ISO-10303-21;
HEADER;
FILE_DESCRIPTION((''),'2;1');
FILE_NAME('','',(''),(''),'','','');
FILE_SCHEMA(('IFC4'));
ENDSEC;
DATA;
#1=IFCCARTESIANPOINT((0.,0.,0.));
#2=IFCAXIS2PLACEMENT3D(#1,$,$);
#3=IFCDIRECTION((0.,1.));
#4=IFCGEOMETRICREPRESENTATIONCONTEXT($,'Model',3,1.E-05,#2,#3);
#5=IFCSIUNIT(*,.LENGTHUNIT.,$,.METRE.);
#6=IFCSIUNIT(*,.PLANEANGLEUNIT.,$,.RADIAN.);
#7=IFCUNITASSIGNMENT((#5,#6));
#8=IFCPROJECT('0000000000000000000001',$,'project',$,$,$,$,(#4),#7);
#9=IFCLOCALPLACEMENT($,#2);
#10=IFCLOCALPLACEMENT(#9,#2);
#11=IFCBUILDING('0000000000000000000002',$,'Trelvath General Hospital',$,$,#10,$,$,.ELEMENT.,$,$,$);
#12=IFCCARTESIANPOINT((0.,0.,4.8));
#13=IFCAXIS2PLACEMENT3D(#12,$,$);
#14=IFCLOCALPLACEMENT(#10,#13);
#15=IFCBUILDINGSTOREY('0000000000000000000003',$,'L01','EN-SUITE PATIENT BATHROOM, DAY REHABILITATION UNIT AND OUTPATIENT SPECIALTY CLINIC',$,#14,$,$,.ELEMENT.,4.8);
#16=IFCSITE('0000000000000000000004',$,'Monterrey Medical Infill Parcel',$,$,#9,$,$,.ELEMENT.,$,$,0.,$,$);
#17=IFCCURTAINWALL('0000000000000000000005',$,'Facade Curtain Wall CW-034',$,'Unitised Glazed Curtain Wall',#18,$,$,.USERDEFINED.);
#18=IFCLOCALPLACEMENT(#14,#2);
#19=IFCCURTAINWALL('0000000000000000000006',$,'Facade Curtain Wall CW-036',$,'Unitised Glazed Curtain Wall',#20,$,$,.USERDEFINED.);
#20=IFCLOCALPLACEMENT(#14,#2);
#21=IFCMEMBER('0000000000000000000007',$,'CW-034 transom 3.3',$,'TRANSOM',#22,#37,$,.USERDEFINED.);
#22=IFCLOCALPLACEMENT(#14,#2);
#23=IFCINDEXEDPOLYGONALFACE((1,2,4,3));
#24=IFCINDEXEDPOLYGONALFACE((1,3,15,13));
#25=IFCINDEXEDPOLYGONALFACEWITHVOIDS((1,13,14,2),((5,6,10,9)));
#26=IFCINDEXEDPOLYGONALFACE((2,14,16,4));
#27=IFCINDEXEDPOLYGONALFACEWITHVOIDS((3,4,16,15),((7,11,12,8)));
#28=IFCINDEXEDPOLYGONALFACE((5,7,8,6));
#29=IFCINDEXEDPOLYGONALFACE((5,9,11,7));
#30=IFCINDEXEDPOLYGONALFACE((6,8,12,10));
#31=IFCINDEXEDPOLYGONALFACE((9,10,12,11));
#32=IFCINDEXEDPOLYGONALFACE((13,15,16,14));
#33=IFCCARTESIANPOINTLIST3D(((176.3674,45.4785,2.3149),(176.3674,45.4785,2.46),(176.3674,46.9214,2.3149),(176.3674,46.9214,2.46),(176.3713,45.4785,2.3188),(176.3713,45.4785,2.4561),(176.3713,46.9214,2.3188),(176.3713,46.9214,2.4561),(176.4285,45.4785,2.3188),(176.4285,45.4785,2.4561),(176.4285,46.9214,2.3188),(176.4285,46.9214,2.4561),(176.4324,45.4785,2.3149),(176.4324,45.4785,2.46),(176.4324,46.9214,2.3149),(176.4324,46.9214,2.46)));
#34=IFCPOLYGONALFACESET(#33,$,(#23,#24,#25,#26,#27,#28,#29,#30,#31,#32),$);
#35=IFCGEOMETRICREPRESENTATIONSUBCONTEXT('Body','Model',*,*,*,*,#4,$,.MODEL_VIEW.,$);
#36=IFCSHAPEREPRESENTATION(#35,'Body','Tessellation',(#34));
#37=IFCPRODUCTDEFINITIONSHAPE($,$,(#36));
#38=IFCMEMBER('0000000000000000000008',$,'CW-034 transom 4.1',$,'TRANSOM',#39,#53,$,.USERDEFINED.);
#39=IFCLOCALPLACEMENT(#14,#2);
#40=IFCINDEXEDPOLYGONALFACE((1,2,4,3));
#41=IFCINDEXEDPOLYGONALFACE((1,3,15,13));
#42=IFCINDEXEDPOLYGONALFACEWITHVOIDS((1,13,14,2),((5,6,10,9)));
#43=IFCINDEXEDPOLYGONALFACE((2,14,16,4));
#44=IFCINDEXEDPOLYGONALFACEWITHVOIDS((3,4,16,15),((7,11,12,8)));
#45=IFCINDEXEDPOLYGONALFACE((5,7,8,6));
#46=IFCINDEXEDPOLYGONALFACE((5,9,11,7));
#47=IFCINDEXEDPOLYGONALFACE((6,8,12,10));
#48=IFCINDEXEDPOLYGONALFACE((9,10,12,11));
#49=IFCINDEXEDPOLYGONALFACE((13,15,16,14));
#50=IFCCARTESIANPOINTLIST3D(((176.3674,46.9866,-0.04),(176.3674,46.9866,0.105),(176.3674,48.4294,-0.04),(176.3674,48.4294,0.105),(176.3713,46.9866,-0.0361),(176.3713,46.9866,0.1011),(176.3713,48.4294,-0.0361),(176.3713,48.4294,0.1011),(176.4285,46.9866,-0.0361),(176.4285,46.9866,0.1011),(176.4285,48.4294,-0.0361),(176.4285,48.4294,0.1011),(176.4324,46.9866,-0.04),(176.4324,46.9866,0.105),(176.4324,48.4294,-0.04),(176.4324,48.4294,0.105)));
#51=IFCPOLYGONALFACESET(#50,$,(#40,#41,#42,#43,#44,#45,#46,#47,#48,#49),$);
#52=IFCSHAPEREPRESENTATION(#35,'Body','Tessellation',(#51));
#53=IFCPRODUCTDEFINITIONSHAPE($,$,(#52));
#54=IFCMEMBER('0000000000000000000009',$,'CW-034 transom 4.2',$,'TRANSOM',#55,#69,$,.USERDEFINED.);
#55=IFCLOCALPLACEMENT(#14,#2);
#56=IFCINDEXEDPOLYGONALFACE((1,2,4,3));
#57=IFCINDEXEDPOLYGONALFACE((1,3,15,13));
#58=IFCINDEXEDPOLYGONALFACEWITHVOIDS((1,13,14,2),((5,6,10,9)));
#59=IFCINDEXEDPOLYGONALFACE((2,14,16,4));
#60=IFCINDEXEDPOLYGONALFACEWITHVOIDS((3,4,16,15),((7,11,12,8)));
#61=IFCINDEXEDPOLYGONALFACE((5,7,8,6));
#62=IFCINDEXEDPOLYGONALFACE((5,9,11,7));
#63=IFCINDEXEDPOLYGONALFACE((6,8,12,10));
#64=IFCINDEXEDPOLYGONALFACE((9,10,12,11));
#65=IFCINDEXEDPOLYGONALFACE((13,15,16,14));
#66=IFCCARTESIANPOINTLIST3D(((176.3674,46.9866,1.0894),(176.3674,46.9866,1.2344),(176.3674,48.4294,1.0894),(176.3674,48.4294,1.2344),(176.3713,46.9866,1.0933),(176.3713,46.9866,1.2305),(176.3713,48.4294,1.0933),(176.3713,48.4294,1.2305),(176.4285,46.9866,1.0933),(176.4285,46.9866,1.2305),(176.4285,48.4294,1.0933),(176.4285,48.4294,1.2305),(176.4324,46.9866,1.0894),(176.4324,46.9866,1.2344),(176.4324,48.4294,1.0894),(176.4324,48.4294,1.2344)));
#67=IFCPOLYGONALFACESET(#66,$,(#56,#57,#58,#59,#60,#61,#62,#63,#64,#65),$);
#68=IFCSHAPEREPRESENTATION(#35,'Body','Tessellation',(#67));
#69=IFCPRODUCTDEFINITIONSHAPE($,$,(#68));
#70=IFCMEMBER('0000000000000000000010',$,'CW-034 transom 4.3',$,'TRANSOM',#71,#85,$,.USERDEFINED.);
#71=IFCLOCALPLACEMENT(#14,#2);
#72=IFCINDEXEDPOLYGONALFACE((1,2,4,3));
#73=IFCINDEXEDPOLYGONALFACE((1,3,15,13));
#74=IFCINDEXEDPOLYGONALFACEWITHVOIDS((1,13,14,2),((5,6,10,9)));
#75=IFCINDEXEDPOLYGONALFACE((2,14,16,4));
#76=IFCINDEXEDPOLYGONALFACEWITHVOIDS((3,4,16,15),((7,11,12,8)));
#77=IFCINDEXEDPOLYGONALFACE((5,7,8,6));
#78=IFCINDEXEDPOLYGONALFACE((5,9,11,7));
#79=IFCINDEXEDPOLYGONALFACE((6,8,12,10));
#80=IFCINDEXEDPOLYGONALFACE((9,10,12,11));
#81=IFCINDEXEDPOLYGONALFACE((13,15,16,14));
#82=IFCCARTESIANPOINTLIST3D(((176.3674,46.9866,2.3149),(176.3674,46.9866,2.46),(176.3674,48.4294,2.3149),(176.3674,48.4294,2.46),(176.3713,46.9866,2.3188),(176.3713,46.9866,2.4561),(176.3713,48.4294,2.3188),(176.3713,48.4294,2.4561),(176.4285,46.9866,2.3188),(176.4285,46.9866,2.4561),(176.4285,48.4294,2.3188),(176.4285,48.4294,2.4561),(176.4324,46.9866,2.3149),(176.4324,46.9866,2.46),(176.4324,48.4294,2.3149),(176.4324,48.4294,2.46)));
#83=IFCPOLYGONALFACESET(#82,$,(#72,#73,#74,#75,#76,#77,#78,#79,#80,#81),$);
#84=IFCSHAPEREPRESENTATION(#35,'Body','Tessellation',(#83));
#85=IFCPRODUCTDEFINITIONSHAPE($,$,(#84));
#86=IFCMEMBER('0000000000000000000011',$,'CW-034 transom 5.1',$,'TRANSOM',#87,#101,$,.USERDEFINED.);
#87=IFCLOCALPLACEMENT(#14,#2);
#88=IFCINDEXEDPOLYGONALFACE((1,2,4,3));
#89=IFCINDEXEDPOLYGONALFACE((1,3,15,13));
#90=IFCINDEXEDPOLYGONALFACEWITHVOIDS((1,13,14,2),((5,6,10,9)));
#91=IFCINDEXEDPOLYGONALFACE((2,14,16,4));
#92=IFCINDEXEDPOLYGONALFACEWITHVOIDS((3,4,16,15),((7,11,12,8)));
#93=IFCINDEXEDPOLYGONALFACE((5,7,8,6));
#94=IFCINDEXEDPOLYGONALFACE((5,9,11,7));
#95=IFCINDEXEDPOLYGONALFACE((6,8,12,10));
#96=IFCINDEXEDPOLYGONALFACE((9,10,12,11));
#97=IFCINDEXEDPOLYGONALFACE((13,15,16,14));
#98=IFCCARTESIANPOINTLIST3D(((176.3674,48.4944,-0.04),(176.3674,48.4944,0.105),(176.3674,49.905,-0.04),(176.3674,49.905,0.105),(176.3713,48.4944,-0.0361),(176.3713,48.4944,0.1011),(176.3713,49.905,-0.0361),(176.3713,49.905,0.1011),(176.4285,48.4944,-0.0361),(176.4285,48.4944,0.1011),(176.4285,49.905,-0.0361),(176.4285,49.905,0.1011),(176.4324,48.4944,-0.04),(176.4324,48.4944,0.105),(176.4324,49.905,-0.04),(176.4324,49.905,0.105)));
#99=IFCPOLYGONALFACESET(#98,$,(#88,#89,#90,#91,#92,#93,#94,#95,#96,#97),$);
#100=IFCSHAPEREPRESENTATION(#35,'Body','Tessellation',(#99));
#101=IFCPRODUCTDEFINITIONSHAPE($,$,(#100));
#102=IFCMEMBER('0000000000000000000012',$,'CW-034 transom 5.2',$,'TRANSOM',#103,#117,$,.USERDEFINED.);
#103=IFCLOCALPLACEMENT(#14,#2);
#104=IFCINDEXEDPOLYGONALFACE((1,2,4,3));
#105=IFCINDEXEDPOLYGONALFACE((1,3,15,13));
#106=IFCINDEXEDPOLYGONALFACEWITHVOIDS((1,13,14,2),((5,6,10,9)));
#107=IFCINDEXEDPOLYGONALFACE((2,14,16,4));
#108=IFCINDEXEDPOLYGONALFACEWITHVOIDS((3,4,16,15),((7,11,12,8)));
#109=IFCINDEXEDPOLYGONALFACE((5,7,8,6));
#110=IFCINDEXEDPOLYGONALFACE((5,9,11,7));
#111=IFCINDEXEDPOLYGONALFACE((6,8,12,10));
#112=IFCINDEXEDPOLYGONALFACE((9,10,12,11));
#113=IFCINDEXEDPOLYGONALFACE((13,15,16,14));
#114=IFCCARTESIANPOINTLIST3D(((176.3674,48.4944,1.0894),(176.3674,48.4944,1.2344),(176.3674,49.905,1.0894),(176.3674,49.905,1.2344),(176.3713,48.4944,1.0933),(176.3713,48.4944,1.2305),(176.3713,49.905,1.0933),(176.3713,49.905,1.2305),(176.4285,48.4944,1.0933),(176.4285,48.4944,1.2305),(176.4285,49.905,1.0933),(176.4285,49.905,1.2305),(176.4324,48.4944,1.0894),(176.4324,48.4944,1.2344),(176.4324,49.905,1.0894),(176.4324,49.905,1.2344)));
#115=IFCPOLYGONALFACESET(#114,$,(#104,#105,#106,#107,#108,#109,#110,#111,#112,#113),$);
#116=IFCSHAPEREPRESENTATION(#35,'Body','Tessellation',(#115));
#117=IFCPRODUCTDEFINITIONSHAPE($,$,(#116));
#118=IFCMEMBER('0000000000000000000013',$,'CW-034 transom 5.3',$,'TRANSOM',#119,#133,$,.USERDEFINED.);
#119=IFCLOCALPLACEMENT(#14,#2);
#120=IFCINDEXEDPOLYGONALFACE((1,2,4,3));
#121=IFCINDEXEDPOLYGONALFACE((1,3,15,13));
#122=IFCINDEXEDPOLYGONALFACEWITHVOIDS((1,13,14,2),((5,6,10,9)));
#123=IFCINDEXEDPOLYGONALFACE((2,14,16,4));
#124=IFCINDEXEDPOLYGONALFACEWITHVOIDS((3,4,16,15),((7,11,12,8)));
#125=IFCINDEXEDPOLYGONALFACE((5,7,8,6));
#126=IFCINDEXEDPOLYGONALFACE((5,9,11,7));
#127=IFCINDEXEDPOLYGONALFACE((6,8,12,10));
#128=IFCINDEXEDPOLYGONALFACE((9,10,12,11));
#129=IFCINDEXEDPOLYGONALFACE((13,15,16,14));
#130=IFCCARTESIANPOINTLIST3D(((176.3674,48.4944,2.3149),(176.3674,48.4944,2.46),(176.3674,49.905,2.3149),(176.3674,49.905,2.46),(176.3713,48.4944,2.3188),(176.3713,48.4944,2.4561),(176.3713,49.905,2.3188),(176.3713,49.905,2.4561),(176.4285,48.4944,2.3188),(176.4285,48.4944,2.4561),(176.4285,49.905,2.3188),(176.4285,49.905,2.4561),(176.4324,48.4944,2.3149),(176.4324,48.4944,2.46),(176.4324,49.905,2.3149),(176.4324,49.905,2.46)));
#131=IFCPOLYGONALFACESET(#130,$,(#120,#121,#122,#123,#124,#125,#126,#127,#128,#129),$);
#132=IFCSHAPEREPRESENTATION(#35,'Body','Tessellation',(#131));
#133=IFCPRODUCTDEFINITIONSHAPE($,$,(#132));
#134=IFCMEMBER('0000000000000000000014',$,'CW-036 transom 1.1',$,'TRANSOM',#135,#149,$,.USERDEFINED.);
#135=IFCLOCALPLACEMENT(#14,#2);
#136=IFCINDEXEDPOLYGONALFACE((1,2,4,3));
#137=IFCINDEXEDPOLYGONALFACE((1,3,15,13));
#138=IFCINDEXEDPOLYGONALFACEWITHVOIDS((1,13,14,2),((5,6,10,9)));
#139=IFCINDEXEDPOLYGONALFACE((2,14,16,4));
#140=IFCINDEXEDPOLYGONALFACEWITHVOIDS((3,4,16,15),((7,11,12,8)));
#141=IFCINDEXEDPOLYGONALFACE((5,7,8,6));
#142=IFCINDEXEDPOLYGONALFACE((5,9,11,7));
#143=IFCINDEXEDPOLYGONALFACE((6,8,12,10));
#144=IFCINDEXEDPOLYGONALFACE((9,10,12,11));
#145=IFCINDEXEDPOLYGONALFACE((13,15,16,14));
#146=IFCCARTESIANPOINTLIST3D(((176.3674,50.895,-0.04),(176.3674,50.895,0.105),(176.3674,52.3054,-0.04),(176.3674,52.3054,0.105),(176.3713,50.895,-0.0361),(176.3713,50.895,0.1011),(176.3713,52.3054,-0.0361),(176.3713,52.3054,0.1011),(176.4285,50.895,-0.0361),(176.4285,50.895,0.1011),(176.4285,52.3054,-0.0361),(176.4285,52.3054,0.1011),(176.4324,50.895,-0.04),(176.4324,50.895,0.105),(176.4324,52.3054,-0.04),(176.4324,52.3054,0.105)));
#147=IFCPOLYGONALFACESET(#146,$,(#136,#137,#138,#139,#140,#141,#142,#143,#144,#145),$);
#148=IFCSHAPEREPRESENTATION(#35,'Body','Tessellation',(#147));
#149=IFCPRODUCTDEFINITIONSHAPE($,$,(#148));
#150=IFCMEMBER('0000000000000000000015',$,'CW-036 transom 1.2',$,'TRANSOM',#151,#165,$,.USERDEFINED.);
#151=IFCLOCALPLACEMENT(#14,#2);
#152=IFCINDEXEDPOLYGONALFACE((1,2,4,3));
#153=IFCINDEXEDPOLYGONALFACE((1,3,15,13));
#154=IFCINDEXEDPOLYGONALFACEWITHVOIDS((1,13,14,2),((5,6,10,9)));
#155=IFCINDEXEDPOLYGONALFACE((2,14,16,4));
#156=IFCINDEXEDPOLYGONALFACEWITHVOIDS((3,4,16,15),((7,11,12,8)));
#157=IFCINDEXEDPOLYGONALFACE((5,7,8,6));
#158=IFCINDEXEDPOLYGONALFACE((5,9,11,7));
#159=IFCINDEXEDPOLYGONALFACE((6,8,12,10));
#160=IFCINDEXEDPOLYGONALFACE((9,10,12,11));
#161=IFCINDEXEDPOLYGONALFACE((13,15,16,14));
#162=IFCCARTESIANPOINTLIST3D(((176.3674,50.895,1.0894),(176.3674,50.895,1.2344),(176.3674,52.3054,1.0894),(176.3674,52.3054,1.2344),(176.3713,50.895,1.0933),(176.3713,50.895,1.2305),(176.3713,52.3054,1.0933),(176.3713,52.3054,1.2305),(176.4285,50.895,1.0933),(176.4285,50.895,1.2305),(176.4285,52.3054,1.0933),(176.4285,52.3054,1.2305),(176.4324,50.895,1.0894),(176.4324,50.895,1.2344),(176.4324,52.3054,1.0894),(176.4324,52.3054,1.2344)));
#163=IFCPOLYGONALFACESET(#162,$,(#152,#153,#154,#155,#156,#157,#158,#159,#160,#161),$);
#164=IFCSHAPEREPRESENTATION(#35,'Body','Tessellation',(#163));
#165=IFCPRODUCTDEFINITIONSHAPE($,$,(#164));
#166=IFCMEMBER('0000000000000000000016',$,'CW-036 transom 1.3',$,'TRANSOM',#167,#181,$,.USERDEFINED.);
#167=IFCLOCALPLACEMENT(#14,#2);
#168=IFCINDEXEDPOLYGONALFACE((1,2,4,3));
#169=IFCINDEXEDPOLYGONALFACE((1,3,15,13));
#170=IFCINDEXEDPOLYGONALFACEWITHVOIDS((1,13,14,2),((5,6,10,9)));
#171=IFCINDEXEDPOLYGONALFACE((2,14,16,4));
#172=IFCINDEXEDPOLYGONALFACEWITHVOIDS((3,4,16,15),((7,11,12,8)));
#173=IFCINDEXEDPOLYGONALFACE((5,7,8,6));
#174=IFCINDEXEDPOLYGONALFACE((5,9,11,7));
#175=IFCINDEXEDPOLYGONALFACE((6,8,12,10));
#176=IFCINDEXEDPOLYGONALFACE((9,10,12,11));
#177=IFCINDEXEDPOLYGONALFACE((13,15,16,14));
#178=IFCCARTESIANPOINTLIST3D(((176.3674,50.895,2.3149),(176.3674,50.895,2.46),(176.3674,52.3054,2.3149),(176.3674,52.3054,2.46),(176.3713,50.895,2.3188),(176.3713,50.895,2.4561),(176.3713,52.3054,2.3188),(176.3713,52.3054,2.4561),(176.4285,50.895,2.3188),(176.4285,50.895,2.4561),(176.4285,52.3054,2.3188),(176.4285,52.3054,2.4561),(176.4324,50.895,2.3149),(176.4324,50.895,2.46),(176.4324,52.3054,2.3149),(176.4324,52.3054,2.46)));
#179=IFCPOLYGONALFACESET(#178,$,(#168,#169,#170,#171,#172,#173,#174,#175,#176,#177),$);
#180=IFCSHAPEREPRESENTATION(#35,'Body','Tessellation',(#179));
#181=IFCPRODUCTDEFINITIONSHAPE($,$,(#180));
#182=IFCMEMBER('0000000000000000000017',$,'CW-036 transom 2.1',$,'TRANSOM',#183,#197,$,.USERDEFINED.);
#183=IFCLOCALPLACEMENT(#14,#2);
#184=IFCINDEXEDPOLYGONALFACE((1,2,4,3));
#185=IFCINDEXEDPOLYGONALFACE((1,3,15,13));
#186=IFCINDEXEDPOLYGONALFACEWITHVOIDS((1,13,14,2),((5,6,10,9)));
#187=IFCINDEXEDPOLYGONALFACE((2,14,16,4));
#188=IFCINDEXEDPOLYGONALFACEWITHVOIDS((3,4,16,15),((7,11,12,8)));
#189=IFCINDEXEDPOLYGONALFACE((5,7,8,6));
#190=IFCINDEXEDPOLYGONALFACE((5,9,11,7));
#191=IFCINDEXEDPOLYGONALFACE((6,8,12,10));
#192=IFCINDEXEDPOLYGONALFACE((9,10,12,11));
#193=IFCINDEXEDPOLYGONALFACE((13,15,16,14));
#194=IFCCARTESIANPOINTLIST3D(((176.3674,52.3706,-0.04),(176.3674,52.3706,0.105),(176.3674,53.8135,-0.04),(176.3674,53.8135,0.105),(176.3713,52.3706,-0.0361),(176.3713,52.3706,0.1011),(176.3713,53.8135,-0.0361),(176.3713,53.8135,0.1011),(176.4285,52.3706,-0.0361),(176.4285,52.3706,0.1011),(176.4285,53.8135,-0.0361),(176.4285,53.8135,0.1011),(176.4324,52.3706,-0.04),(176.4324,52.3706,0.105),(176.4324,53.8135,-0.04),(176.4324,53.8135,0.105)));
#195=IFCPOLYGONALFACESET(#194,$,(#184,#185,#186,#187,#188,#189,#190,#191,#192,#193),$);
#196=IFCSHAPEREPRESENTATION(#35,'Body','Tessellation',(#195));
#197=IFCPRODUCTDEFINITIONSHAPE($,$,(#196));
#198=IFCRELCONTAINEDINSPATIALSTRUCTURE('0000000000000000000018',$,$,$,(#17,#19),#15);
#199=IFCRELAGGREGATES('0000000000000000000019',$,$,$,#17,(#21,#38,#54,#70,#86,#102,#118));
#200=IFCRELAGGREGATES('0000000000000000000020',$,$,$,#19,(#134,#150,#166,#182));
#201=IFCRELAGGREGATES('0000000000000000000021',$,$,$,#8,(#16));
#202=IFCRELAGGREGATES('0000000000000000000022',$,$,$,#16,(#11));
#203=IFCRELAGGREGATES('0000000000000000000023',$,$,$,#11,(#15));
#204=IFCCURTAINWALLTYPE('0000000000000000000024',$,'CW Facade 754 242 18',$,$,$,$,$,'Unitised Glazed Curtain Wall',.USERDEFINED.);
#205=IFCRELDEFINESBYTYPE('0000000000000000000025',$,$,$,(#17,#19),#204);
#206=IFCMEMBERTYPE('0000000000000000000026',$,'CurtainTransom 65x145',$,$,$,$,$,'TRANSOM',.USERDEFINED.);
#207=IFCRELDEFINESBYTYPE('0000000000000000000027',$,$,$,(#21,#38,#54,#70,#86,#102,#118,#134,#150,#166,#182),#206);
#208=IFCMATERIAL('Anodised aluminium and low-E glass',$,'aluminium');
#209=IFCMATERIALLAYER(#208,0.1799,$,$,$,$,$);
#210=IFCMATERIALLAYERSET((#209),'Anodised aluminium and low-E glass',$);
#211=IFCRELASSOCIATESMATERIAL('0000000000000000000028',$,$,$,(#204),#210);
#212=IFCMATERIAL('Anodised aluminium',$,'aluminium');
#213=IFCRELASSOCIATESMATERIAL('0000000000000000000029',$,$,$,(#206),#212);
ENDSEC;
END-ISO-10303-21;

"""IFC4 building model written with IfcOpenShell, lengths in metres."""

from ifc_helpers import new_model, si_unit, direction, frame, origin, origin_2d, place, context, subcontext, project, spatial, hollow_rectangle, extrude, material, layer, layer_set, material_profile, profile_set, type_object, element, aggregate, save


model = new_model("IFC4")

# Units and contexts
model_context = context("Model", 3, precision=1e-05, world=origin(), true_north=direction((0.0, 1.0)))
body_context = subcontext(model_context, "Body", "Model", "MODEL_VIEW")
ifc_project = project(units=[si_unit("LENGTHUNIT", "METRE"), si_unit("PLANEANGLEUNIT", "RADIAN")], contexts=[model_context])

# Site, building, storey
site_placement = place(None, origin())
site = spatial("IfcSite", under=ifc_project, at=site_placement, Name="Monterrey Medical Infill Parcel", CompositionType="ELEMENT", RefElevation=0.0)
building_placement = place(site_placement, origin())
building = spatial("IfcBuilding", under=site, at=building_placement, Name="Trelvath General Hospital", CompositionType="ELEMENT")
storey_placement = place(building_placement, frame((0.0, 0.0, 4.8)))
storey = spatial("IfcBuildingStorey", under=building, at=storey_placement, Name="L01", Description="EN-SUITE PATIENT BATHROOM, DAY REHABILITATION UNIT AND OUTPATIENT SPECIALTY CLINIC", CompositionType="ELEMENT", Elevation=4.8)

# Curtain walls
ifc_material_1 = material(Name="Anodised aluminium and low-E glass", Category="aluminium")
ifc_layer_1 = layer(ifc_material_1, 0.1799)
ifc_layer_set_1 = layer_set([ifc_layer_1], Name="Anodised aluminium and low-E glass")
curtain_wall_type = type_object("IfcCurtainWallType", Name="CW Facade 754 242 18", ElementType="Unitised Glazed Curtain Wall", PredefinedType="USERDEFINED", material=ifc_layer_set_1)
curtain_wall_1_placement = place(storey_placement, origin())
curtain_wall_1 = element("IfcCurtainWall", 1, at=curtain_wall_1_placement, inside=storey, type_object=curtain_wall_type, Name="Facade Curtain Wall CW-034", ObjectType="Unitised Glazed Curtain Wall", PredefinedType="USERDEFINED")
curtain_wall_2_placement = place(storey_placement, origin())
curtain_wall_2 = element("IfcCurtainWall", 2, at=curtain_wall_2_placement, inside=storey, type_object=curtain_wall_type, Name="Facade Curtain Wall CW-036", ObjectType="Unitised Glazed Curtain Wall", PredefinedType="USERDEFINED")

# Members
ifc_material_2 = material(Name="Anodised aluminium", Category="aluminium")
ifc_material_profile_1 = material_profile(ifc_material_2, hollow_rectangle(XDim=0.0649, YDim=0.145, WallThickness=0.0039, at=origin_2d()), Name="RHS65x145x4")
ifc_profile_set_1 = profile_set([ifc_material_profile_1], Name="Anodised aluminium")
member_type_1 = type_object("IfcMemberType", Name="CurtainTransom 65x145", ElementType="TRANSOM", PredefinedType="USERDEFINED", material=ifc_profile_set_1)
member_1_placement = place(storey_placement, frame((176.3999, 45.4785, 2.3875), z_axis=(0.0, 1.0, 0.0), x_axis=(-1.0, 0.0, 0.0)))
member_1 = element("IfcMember", 3, at=member_1_placement, type_object=member_type_1, Name="CW-034 transom 3.3", ObjectType="TRANSOM", PredefinedType="USERDEFINED", context=body_context, shape_type="SweptSolid", body=[
    extrude(hollow_rectangle(XDim=0.0649, YDim=0.145, WallThickness=0.0039, at=origin_2d()), origin(), (0.0, 0.0, 1.0), 1.4429),
])
member_2_placement = place(storey_placement, frame((176.3999, 46.9866, 0.0325), z_axis=(0.0, 1.0, 0.0), x_axis=(-1.0, 0.0, 0.0)))
member_2 = element("IfcMember", 4, at=member_2_placement, type_object=member_type_1, Name="CW-034 transom 4.1", ObjectType="TRANSOM", PredefinedType="USERDEFINED", context=body_context, shape_type="SweptSolid", body=[
    extrude(hollow_rectangle(XDim=0.0649, YDim=0.145, WallThickness=0.0039, at=origin_2d()), origin(), (0.0, 0.0, 1.0), 1.4429),
])
member_3_placement = place(storey_placement, frame((176.3999, 46.9866, 1.1619), z_axis=(0.0, 1.0, 0.0), x_axis=(-1.0, 0.0, 0.0)))
member_3 = element("IfcMember", 5, at=member_3_placement, type_object=member_type_1, Name="CW-034 transom 4.2", ObjectType="TRANSOM", PredefinedType="USERDEFINED", context=body_context, shape_type="SweptSolid", body=[
    extrude(hollow_rectangle(XDim=0.0649, YDim=0.145, WallThickness=0.0039, at=origin_2d()), origin(), (0.0, 0.0, 1.0), 1.4429),
])
member_4_placement = place(storey_placement, frame((176.3999, 46.9866, 2.3875), z_axis=(0.0, 1.0, 0.0), x_axis=(-1.0, 0.0, 0.0)))
member_4 = element("IfcMember", 6, at=member_4_placement, type_object=member_type_1, Name="CW-034 transom 4.3", ObjectType="TRANSOM", PredefinedType="USERDEFINED", context=body_context, shape_type="SweptSolid", body=[
    extrude(hollow_rectangle(XDim=0.0649, YDim=0.145, WallThickness=0.0039, at=origin_2d()), origin(), (0.0, 0.0, 1.0), 1.4429),
])
member_5_placement = place(storey_placement, frame((176.3999, 48.4944, 0.0325), z_axis=(0.0, 1.0, 0.0), x_axis=(-1.0, 0.0, 0.0)))
member_5 = element("IfcMember", 7, at=member_5_placement, type_object=member_type_1, Name="CW-034 transom 5.1", ObjectType="TRANSOM", PredefinedType="USERDEFINED", context=body_context, shape_type="SweptSolid", body=[
    extrude(hollow_rectangle(XDim=0.0649, YDim=0.145, WallThickness=0.0039, at=origin_2d()), origin(), (0.0, 0.0, 1.0), 1.4106),
])
member_6_placement = place(storey_placement, frame((176.3999, 48.4944, 1.1619), z_axis=(0.0, 1.0, 0.0), x_axis=(-1.0, 0.0, 0.0)))
member_6 = element("IfcMember", 8, at=member_6_placement, type_object=member_type_1, Name="CW-034 transom 5.2", ObjectType="TRANSOM", PredefinedType="USERDEFINED", context=body_context, shape_type="SweptSolid", body=[
    extrude(hollow_rectangle(XDim=0.0649, YDim=0.145, WallThickness=0.0039, at=origin_2d()), origin(), (0.0, 0.0, 1.0), 1.4106),
])
member_7_placement = place(storey_placement, frame((176.3999, 48.4944, 2.3875), z_axis=(0.0, 1.0, 0.0), x_axis=(-1.0, 0.0, 0.0)))
member_7 = element("IfcMember", 9, at=member_7_placement, type_object=member_type_1, Name="CW-034 transom 5.3", ObjectType="TRANSOM", PredefinedType="USERDEFINED", context=body_context, shape_type="SweptSolid", body=[
    extrude(hollow_rectangle(XDim=0.0649, YDim=0.145, WallThickness=0.0039, at=origin_2d()), origin(), (0.0, 0.0, 1.0), 1.4106),
])
member_8_placement = place(storey_placement, frame((176.3999, 50.895, 0.0325), z_axis=(0.0, 1.0, 0.0), x_axis=(-1.0, 0.0, 0.0)))
member_8 = element("IfcMember", 10, at=member_8_placement, type_object=member_type_1, Name="CW-036 transom 1.1", ObjectType="TRANSOM", PredefinedType="USERDEFINED", context=body_context, shape_type="SweptSolid", body=[
    extrude(hollow_rectangle(XDim=0.0649, YDim=0.145, WallThickness=0.0039, at=origin_2d()), origin(), (0.0, 0.0, 1.0), 1.4104),
])
member_9_placement = place(storey_placement, frame((176.3999, 50.895, 1.1619), z_axis=(0.0, 1.0, 0.0), x_axis=(-1.0, 0.0, 0.0)))
member_9 = element("IfcMember", 11, at=member_9_placement, type_object=member_type_1, Name="CW-036 transom 1.2", ObjectType="TRANSOM", PredefinedType="USERDEFINED", context=body_context, shape_type="SweptSolid", body=[
    extrude(hollow_rectangle(XDim=0.0649, YDim=0.145, WallThickness=0.0039, at=origin_2d()), origin(), (0.0, 0.0, 1.0), 1.4104),
])
member_10_placement = place(storey_placement, frame((176.3999, 50.895, 2.3875), z_axis=(0.0, 1.0, 0.0), x_axis=(-1.0, 0.0, 0.0)))
member_10 = element("IfcMember", 12, at=member_10_placement, type_object=member_type_1, Name="CW-036 transom 1.3", ObjectType="TRANSOM", PredefinedType="USERDEFINED", context=body_context, shape_type="SweptSolid", body=[
    extrude(hollow_rectangle(XDim=0.0649, YDim=0.145, WallThickness=0.0039, at=origin_2d()), origin(), (0.0, 0.0, 1.0), 1.4104),
])
member_11_placement = place(storey_placement, frame((176.3999, 52.3706, 0.0325), z_axis=(0.0, 1.0, 0.0), x_axis=(-1.0, 0.0, 0.0)))
member_11 = element("IfcMember", 13, at=member_11_placement, type_object=member_type_1, Name="CW-036 transom 2.1", ObjectType="TRANSOM", PredefinedType="USERDEFINED", context=body_context, shape_type="SweptSolid", body=[
    extrude(hollow_rectangle(XDim=0.0649, YDim=0.145, WallThickness=0.0039, at=origin_2d()), origin(), (0.0, 0.0, 1.0), 1.4429),
])

aggregate(curtain_wall_1, [member_1, member_2, member_3, member_4, member_5, member_6, member_7])
aggregate(curtain_wall_2, [member_8, member_9, member_10, member_11])

save(model, "model.ifc")
